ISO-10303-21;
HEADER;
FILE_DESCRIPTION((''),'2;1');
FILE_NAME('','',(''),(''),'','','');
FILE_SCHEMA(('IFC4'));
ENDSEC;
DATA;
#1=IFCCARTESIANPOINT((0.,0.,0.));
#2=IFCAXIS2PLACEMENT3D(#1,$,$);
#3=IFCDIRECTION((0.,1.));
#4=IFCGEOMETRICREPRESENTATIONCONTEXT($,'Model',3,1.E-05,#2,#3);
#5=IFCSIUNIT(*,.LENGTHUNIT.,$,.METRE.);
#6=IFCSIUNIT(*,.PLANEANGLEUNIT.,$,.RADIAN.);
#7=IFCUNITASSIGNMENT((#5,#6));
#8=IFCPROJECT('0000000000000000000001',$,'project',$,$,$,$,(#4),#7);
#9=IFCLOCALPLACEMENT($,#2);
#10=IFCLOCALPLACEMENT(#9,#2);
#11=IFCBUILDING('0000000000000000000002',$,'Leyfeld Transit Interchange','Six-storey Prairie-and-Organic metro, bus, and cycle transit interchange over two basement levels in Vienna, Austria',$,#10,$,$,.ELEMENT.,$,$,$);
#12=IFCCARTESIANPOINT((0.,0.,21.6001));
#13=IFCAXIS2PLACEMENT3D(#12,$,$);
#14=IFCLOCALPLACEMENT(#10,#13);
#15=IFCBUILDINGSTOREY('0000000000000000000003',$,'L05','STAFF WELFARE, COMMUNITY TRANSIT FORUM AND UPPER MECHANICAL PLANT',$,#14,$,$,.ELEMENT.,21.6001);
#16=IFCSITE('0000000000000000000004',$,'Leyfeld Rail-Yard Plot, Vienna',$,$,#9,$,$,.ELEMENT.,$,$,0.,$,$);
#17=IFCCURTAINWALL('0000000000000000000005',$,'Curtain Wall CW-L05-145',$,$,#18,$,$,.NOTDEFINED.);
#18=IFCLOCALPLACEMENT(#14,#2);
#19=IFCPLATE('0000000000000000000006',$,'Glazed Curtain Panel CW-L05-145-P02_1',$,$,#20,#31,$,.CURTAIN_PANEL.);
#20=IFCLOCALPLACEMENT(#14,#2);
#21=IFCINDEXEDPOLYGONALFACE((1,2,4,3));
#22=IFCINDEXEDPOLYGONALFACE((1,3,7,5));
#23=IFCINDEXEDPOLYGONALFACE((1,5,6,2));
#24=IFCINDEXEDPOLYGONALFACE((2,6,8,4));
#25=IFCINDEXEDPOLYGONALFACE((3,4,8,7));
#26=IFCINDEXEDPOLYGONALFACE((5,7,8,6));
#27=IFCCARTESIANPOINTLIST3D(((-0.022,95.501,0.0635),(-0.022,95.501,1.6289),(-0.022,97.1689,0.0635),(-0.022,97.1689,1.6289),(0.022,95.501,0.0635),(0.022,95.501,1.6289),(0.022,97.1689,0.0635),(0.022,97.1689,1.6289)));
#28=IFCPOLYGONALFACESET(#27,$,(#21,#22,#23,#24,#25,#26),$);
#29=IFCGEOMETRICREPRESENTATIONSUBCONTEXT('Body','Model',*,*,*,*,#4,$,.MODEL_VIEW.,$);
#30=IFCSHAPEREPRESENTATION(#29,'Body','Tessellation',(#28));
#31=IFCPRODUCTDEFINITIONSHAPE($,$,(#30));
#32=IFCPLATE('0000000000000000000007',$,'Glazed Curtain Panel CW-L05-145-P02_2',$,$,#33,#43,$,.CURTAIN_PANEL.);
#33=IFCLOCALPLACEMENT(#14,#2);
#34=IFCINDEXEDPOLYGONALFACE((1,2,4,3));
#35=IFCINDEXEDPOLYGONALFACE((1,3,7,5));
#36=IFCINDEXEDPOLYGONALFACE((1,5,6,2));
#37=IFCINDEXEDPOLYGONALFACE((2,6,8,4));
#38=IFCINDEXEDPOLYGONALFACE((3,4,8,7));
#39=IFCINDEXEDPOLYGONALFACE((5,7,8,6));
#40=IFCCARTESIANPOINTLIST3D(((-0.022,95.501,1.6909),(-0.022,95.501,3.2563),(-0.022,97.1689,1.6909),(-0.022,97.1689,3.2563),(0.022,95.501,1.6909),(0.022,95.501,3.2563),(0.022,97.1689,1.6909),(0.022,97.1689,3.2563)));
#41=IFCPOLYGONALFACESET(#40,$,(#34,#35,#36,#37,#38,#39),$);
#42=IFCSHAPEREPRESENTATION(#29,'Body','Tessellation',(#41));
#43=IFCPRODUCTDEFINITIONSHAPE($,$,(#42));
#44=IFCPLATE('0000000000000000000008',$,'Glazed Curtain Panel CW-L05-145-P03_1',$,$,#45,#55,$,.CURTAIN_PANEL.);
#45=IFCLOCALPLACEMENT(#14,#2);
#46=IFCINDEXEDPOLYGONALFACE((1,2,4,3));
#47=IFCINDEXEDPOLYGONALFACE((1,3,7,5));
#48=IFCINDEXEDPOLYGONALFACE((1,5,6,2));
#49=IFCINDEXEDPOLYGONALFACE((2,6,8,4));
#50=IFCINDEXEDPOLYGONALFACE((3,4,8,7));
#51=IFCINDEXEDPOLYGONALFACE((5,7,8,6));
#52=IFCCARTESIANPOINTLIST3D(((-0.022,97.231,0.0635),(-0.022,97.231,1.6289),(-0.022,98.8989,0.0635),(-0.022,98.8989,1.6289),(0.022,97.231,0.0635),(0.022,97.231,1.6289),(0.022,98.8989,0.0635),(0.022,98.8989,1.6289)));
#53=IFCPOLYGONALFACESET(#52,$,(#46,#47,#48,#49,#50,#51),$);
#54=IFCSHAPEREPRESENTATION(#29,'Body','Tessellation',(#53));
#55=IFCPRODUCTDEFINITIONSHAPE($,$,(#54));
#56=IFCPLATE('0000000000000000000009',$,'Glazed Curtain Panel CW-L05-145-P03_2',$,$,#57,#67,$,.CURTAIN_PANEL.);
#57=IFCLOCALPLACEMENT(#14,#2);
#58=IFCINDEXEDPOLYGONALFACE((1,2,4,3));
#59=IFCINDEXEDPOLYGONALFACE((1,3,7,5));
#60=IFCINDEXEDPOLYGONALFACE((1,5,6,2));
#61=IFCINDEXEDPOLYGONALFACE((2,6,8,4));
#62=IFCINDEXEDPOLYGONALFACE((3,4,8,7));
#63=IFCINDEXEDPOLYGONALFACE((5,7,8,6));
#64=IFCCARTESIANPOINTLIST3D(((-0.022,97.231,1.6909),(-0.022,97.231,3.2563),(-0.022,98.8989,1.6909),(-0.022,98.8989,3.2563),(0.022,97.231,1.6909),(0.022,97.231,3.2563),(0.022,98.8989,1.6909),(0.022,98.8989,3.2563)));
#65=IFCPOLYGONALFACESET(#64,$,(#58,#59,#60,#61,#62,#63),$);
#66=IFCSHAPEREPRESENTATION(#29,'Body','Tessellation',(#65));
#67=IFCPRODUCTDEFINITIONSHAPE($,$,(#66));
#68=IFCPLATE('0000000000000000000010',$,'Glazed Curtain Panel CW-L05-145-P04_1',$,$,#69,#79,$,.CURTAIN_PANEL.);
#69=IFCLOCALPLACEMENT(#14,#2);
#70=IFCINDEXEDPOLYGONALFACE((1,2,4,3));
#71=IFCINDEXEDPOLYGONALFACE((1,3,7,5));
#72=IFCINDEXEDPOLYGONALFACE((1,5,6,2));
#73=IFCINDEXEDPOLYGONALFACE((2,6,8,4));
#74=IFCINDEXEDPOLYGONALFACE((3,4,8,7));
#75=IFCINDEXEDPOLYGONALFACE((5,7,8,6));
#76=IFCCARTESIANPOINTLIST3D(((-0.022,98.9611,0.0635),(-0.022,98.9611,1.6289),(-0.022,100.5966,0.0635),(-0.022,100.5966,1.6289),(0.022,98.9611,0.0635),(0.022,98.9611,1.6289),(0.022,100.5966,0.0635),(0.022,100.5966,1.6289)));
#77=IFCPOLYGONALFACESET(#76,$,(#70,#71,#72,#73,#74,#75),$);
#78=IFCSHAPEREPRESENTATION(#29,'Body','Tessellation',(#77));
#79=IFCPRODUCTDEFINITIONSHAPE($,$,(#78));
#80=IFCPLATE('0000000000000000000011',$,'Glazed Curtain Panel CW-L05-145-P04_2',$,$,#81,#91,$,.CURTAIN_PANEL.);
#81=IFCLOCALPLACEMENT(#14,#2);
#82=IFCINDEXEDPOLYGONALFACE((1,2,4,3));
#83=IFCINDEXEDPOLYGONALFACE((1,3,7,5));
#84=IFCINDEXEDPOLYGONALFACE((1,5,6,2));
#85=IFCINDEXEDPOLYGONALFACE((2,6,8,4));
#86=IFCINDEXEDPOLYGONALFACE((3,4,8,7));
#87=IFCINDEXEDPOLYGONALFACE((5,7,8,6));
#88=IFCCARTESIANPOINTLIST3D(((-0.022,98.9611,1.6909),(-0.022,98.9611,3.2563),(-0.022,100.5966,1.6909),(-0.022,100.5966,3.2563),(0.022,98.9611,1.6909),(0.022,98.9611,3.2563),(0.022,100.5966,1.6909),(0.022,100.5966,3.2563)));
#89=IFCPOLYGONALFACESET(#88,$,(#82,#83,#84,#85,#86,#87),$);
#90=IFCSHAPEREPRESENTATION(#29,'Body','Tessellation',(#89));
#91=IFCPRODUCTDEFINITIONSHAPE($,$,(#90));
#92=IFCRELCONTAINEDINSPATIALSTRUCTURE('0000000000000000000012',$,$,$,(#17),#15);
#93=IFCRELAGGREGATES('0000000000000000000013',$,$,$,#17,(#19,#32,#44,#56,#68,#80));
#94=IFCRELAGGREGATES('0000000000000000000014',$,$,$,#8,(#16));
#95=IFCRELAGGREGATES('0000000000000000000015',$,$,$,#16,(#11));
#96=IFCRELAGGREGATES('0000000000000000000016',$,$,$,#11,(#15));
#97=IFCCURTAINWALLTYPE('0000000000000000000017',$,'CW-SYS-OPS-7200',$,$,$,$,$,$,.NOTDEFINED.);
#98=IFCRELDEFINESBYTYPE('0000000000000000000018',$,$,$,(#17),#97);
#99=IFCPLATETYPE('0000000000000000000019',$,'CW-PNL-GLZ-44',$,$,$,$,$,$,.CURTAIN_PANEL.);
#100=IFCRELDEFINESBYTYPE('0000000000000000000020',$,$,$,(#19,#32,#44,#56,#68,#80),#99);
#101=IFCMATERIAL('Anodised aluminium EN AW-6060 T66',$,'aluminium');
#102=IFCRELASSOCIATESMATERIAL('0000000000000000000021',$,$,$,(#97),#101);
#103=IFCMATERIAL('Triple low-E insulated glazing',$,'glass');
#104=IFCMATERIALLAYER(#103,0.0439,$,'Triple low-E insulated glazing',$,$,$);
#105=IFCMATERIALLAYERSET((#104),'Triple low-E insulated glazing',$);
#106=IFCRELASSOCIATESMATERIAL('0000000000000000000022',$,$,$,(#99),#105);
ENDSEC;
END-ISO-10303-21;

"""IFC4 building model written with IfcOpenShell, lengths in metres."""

from ifc_helpers import new_model, si_unit, direction, frame, origin, origin_2d, place, context, subcontext, project, spatial, rectangle, extrude, material, layer, layer_set, type_object, element, aggregate, save


model = new_model("IFC4")

# Units and contexts
model_context = context("Model", 3, precision=1e-05, world=origin(), true_north=direction((0.0, 1.0)))
body_context = subcontext(model_context, "Body", "Model", "MODEL_VIEW")
ifc_project = project(units=[si_unit("LENGTHUNIT", "METRE"), si_unit("PLANEANGLEUNIT", "RADIAN")], contexts=[model_context])

# Site, building, storey
site_placement = place(None, origin())
site = spatial("IfcSite", under=ifc_project, at=site_placement, Name="Leyfeld Rail-Yard Plot, Vienna", CompositionType="ELEMENT", RefElevation=0.0)
building_placement = place(site_placement, origin())
building = spatial("IfcBuilding", under=site, at=building_placement, Name="Leyfeld Transit Interchange", Description="Six-storey Prairie-and-Organic metro, bus, and cycle transit interchange over two basement levels in Vienna, Austria", CompositionType="ELEMENT")
storey_placement = place(building_placement, frame((0.0, 0.0, 21.6001)))
storey = spatial("IfcBuildingStorey", under=building, at=storey_placement, Name="L05", Description="STAFF WELFARE, COMMUNITY TRANSIT FORUM AND UPPER MECHANICAL PLANT", CompositionType="ELEMENT", Elevation=21.6001)

# Curtain wall, plates
ifc_material_1 = material(Name="Anodised aluminium EN AW-6060 T66", Category="aluminium")
curtain_wall_type = type_object("IfcCurtainWallType", Name="CW-SYS-OPS-7200", PredefinedType="NOTDEFINED", material=ifc_material_1)
curtain_wall_placement = place(storey_placement, origin())
curtain_wall = element("IfcCurtainWall", 1, at=curtain_wall_placement, inside=storey, type_object=curtain_wall_type, Name="Curtain Wall CW-L05-145", PredefinedType="NOTDEFINED")
ifc_material_2 = material(Name="Triple low-E insulated glazing", Category="glass")
ifc_layer = layer(ifc_material_2, 0.0439, Name="Triple low-E insulated glazing")
ifc_layer_set = layer_set([ifc_layer], Name="Triple low-E insulated glazing")
plate_type = type_object("IfcPlateType", Name="CW-PNL-GLZ-44", PredefinedType="CURTAIN_PANEL", material=ifc_layer_set)
plate_1_placement = place(storey_placement, frame((0.0, 96.335, 0.0635), z_axis=(0.0, 0.0, 1.0), x_axis=(0.0, 1.0, 0.0)))
plate_1 = element("IfcPlate", 2, at=plate_1_placement, type_object=plate_type, Name="Glazed Curtain Panel CW-L05-145-P02_1", PredefinedType="CURTAIN_PANEL", context=body_context, shape_type="SweptSolid", body=[
    extrude(rectangle(XDim=1.668, YDim=0.0439, at=origin_2d()), origin(), (0.0, 0.0, 1.0), 1.5654),
])
plate_2_placement = place(storey_placement, frame((0.0, 96.335, 1.6909), z_axis=(0.0, 0.0, 1.0), x_axis=(0.0, 1.0, 0.0)))
plate_2 = element("IfcPlate", 3, at=plate_2_placement, type_object=plate_type, Name="Glazed Curtain Panel CW-L05-145-P02_2", PredefinedType="CURTAIN_PANEL", context=body_context, shape_type="SweptSolid", body=[
    extrude(rectangle(XDim=1.668, YDim=0.0439, at=origin_2d()), origin(), (0.0, 0.0, 1.0), 1.5654),
])
plate_3_placement = place(storey_placement, frame((0.0, 98.0649, 0.0635), z_axis=(0.0, 0.0, 1.0), x_axis=(0.0, 1.0, 0.0)))
plate_3 = element("IfcPlate", 4, at=plate_3_placement, type_object=plate_type, Name="Glazed Curtain Panel CW-L05-145-P03_1", PredefinedType="CURTAIN_PANEL", context=body_context, shape_type="SweptSolid", body=[
    extrude(rectangle(XDim=1.668, YDim=0.0439, at=origin_2d()), origin(), (0.0, 0.0, 1.0), 1.5654),
])
plate_4_placement = place(storey_placement, frame((0.0, 98.0649, 1.6909), z_axis=(0.0, 0.0, 1.0), x_axis=(0.0, 1.0, 0.0)))
plate_4 = element("IfcPlate", 5, at=plate_4_placement, type_object=plate_type, Name="Glazed Curtain Panel CW-L05-145-P03_2", PredefinedType="CURTAIN_PANEL", context=body_context, shape_type="SweptSolid", body=[
    extrude(rectangle(XDim=1.668, YDim=0.0439, at=origin_2d()), origin(), (0.0, 0.0, 1.0), 1.5654),
])
plate_5_placement = place(storey_placement, frame((0.0, 99.7788, 0.0635), z_axis=(0.0, 0.0, 1.0), x_axis=(0.0, 1.0, 0.0)))
plate_5 = element("IfcPlate", 6, at=plate_5_placement, type_object=plate_type, Name="Glazed Curtain Panel CW-L05-145-P04_1", PredefinedType="CURTAIN_PANEL", context=body_context, shape_type="SweptSolid", body=[
    extrude(rectangle(XDim=1.6355, YDim=0.0439, at=origin_2d()), origin(), (0.0, 0.0, 1.0), 1.5654),
])
plate_6_placement = place(storey_placement, frame((0.0, 99.7788, 1.6909), z_axis=(0.0, 0.0, 1.0), x_axis=(0.0, 1.0, 0.0)))
plate_6 = element("IfcPlate", 7, at=plate_6_placement, type_object=plate_type, Name="Glazed Curtain Panel CW-L05-145-P04_2", PredefinedType="CURTAIN_PANEL", context=body_context, shape_type="SweptSolid", body=[
    extrude(rectangle(XDim=1.6355, YDim=0.0439, at=origin_2d()), origin(), (0.0, 0.0, 1.0), 1.5654),
])
aggregate(curtain_wall, [plate_1, plate_2, plate_3, plate_4, plate_5, plate_6])

save(model, "model.ifc")
